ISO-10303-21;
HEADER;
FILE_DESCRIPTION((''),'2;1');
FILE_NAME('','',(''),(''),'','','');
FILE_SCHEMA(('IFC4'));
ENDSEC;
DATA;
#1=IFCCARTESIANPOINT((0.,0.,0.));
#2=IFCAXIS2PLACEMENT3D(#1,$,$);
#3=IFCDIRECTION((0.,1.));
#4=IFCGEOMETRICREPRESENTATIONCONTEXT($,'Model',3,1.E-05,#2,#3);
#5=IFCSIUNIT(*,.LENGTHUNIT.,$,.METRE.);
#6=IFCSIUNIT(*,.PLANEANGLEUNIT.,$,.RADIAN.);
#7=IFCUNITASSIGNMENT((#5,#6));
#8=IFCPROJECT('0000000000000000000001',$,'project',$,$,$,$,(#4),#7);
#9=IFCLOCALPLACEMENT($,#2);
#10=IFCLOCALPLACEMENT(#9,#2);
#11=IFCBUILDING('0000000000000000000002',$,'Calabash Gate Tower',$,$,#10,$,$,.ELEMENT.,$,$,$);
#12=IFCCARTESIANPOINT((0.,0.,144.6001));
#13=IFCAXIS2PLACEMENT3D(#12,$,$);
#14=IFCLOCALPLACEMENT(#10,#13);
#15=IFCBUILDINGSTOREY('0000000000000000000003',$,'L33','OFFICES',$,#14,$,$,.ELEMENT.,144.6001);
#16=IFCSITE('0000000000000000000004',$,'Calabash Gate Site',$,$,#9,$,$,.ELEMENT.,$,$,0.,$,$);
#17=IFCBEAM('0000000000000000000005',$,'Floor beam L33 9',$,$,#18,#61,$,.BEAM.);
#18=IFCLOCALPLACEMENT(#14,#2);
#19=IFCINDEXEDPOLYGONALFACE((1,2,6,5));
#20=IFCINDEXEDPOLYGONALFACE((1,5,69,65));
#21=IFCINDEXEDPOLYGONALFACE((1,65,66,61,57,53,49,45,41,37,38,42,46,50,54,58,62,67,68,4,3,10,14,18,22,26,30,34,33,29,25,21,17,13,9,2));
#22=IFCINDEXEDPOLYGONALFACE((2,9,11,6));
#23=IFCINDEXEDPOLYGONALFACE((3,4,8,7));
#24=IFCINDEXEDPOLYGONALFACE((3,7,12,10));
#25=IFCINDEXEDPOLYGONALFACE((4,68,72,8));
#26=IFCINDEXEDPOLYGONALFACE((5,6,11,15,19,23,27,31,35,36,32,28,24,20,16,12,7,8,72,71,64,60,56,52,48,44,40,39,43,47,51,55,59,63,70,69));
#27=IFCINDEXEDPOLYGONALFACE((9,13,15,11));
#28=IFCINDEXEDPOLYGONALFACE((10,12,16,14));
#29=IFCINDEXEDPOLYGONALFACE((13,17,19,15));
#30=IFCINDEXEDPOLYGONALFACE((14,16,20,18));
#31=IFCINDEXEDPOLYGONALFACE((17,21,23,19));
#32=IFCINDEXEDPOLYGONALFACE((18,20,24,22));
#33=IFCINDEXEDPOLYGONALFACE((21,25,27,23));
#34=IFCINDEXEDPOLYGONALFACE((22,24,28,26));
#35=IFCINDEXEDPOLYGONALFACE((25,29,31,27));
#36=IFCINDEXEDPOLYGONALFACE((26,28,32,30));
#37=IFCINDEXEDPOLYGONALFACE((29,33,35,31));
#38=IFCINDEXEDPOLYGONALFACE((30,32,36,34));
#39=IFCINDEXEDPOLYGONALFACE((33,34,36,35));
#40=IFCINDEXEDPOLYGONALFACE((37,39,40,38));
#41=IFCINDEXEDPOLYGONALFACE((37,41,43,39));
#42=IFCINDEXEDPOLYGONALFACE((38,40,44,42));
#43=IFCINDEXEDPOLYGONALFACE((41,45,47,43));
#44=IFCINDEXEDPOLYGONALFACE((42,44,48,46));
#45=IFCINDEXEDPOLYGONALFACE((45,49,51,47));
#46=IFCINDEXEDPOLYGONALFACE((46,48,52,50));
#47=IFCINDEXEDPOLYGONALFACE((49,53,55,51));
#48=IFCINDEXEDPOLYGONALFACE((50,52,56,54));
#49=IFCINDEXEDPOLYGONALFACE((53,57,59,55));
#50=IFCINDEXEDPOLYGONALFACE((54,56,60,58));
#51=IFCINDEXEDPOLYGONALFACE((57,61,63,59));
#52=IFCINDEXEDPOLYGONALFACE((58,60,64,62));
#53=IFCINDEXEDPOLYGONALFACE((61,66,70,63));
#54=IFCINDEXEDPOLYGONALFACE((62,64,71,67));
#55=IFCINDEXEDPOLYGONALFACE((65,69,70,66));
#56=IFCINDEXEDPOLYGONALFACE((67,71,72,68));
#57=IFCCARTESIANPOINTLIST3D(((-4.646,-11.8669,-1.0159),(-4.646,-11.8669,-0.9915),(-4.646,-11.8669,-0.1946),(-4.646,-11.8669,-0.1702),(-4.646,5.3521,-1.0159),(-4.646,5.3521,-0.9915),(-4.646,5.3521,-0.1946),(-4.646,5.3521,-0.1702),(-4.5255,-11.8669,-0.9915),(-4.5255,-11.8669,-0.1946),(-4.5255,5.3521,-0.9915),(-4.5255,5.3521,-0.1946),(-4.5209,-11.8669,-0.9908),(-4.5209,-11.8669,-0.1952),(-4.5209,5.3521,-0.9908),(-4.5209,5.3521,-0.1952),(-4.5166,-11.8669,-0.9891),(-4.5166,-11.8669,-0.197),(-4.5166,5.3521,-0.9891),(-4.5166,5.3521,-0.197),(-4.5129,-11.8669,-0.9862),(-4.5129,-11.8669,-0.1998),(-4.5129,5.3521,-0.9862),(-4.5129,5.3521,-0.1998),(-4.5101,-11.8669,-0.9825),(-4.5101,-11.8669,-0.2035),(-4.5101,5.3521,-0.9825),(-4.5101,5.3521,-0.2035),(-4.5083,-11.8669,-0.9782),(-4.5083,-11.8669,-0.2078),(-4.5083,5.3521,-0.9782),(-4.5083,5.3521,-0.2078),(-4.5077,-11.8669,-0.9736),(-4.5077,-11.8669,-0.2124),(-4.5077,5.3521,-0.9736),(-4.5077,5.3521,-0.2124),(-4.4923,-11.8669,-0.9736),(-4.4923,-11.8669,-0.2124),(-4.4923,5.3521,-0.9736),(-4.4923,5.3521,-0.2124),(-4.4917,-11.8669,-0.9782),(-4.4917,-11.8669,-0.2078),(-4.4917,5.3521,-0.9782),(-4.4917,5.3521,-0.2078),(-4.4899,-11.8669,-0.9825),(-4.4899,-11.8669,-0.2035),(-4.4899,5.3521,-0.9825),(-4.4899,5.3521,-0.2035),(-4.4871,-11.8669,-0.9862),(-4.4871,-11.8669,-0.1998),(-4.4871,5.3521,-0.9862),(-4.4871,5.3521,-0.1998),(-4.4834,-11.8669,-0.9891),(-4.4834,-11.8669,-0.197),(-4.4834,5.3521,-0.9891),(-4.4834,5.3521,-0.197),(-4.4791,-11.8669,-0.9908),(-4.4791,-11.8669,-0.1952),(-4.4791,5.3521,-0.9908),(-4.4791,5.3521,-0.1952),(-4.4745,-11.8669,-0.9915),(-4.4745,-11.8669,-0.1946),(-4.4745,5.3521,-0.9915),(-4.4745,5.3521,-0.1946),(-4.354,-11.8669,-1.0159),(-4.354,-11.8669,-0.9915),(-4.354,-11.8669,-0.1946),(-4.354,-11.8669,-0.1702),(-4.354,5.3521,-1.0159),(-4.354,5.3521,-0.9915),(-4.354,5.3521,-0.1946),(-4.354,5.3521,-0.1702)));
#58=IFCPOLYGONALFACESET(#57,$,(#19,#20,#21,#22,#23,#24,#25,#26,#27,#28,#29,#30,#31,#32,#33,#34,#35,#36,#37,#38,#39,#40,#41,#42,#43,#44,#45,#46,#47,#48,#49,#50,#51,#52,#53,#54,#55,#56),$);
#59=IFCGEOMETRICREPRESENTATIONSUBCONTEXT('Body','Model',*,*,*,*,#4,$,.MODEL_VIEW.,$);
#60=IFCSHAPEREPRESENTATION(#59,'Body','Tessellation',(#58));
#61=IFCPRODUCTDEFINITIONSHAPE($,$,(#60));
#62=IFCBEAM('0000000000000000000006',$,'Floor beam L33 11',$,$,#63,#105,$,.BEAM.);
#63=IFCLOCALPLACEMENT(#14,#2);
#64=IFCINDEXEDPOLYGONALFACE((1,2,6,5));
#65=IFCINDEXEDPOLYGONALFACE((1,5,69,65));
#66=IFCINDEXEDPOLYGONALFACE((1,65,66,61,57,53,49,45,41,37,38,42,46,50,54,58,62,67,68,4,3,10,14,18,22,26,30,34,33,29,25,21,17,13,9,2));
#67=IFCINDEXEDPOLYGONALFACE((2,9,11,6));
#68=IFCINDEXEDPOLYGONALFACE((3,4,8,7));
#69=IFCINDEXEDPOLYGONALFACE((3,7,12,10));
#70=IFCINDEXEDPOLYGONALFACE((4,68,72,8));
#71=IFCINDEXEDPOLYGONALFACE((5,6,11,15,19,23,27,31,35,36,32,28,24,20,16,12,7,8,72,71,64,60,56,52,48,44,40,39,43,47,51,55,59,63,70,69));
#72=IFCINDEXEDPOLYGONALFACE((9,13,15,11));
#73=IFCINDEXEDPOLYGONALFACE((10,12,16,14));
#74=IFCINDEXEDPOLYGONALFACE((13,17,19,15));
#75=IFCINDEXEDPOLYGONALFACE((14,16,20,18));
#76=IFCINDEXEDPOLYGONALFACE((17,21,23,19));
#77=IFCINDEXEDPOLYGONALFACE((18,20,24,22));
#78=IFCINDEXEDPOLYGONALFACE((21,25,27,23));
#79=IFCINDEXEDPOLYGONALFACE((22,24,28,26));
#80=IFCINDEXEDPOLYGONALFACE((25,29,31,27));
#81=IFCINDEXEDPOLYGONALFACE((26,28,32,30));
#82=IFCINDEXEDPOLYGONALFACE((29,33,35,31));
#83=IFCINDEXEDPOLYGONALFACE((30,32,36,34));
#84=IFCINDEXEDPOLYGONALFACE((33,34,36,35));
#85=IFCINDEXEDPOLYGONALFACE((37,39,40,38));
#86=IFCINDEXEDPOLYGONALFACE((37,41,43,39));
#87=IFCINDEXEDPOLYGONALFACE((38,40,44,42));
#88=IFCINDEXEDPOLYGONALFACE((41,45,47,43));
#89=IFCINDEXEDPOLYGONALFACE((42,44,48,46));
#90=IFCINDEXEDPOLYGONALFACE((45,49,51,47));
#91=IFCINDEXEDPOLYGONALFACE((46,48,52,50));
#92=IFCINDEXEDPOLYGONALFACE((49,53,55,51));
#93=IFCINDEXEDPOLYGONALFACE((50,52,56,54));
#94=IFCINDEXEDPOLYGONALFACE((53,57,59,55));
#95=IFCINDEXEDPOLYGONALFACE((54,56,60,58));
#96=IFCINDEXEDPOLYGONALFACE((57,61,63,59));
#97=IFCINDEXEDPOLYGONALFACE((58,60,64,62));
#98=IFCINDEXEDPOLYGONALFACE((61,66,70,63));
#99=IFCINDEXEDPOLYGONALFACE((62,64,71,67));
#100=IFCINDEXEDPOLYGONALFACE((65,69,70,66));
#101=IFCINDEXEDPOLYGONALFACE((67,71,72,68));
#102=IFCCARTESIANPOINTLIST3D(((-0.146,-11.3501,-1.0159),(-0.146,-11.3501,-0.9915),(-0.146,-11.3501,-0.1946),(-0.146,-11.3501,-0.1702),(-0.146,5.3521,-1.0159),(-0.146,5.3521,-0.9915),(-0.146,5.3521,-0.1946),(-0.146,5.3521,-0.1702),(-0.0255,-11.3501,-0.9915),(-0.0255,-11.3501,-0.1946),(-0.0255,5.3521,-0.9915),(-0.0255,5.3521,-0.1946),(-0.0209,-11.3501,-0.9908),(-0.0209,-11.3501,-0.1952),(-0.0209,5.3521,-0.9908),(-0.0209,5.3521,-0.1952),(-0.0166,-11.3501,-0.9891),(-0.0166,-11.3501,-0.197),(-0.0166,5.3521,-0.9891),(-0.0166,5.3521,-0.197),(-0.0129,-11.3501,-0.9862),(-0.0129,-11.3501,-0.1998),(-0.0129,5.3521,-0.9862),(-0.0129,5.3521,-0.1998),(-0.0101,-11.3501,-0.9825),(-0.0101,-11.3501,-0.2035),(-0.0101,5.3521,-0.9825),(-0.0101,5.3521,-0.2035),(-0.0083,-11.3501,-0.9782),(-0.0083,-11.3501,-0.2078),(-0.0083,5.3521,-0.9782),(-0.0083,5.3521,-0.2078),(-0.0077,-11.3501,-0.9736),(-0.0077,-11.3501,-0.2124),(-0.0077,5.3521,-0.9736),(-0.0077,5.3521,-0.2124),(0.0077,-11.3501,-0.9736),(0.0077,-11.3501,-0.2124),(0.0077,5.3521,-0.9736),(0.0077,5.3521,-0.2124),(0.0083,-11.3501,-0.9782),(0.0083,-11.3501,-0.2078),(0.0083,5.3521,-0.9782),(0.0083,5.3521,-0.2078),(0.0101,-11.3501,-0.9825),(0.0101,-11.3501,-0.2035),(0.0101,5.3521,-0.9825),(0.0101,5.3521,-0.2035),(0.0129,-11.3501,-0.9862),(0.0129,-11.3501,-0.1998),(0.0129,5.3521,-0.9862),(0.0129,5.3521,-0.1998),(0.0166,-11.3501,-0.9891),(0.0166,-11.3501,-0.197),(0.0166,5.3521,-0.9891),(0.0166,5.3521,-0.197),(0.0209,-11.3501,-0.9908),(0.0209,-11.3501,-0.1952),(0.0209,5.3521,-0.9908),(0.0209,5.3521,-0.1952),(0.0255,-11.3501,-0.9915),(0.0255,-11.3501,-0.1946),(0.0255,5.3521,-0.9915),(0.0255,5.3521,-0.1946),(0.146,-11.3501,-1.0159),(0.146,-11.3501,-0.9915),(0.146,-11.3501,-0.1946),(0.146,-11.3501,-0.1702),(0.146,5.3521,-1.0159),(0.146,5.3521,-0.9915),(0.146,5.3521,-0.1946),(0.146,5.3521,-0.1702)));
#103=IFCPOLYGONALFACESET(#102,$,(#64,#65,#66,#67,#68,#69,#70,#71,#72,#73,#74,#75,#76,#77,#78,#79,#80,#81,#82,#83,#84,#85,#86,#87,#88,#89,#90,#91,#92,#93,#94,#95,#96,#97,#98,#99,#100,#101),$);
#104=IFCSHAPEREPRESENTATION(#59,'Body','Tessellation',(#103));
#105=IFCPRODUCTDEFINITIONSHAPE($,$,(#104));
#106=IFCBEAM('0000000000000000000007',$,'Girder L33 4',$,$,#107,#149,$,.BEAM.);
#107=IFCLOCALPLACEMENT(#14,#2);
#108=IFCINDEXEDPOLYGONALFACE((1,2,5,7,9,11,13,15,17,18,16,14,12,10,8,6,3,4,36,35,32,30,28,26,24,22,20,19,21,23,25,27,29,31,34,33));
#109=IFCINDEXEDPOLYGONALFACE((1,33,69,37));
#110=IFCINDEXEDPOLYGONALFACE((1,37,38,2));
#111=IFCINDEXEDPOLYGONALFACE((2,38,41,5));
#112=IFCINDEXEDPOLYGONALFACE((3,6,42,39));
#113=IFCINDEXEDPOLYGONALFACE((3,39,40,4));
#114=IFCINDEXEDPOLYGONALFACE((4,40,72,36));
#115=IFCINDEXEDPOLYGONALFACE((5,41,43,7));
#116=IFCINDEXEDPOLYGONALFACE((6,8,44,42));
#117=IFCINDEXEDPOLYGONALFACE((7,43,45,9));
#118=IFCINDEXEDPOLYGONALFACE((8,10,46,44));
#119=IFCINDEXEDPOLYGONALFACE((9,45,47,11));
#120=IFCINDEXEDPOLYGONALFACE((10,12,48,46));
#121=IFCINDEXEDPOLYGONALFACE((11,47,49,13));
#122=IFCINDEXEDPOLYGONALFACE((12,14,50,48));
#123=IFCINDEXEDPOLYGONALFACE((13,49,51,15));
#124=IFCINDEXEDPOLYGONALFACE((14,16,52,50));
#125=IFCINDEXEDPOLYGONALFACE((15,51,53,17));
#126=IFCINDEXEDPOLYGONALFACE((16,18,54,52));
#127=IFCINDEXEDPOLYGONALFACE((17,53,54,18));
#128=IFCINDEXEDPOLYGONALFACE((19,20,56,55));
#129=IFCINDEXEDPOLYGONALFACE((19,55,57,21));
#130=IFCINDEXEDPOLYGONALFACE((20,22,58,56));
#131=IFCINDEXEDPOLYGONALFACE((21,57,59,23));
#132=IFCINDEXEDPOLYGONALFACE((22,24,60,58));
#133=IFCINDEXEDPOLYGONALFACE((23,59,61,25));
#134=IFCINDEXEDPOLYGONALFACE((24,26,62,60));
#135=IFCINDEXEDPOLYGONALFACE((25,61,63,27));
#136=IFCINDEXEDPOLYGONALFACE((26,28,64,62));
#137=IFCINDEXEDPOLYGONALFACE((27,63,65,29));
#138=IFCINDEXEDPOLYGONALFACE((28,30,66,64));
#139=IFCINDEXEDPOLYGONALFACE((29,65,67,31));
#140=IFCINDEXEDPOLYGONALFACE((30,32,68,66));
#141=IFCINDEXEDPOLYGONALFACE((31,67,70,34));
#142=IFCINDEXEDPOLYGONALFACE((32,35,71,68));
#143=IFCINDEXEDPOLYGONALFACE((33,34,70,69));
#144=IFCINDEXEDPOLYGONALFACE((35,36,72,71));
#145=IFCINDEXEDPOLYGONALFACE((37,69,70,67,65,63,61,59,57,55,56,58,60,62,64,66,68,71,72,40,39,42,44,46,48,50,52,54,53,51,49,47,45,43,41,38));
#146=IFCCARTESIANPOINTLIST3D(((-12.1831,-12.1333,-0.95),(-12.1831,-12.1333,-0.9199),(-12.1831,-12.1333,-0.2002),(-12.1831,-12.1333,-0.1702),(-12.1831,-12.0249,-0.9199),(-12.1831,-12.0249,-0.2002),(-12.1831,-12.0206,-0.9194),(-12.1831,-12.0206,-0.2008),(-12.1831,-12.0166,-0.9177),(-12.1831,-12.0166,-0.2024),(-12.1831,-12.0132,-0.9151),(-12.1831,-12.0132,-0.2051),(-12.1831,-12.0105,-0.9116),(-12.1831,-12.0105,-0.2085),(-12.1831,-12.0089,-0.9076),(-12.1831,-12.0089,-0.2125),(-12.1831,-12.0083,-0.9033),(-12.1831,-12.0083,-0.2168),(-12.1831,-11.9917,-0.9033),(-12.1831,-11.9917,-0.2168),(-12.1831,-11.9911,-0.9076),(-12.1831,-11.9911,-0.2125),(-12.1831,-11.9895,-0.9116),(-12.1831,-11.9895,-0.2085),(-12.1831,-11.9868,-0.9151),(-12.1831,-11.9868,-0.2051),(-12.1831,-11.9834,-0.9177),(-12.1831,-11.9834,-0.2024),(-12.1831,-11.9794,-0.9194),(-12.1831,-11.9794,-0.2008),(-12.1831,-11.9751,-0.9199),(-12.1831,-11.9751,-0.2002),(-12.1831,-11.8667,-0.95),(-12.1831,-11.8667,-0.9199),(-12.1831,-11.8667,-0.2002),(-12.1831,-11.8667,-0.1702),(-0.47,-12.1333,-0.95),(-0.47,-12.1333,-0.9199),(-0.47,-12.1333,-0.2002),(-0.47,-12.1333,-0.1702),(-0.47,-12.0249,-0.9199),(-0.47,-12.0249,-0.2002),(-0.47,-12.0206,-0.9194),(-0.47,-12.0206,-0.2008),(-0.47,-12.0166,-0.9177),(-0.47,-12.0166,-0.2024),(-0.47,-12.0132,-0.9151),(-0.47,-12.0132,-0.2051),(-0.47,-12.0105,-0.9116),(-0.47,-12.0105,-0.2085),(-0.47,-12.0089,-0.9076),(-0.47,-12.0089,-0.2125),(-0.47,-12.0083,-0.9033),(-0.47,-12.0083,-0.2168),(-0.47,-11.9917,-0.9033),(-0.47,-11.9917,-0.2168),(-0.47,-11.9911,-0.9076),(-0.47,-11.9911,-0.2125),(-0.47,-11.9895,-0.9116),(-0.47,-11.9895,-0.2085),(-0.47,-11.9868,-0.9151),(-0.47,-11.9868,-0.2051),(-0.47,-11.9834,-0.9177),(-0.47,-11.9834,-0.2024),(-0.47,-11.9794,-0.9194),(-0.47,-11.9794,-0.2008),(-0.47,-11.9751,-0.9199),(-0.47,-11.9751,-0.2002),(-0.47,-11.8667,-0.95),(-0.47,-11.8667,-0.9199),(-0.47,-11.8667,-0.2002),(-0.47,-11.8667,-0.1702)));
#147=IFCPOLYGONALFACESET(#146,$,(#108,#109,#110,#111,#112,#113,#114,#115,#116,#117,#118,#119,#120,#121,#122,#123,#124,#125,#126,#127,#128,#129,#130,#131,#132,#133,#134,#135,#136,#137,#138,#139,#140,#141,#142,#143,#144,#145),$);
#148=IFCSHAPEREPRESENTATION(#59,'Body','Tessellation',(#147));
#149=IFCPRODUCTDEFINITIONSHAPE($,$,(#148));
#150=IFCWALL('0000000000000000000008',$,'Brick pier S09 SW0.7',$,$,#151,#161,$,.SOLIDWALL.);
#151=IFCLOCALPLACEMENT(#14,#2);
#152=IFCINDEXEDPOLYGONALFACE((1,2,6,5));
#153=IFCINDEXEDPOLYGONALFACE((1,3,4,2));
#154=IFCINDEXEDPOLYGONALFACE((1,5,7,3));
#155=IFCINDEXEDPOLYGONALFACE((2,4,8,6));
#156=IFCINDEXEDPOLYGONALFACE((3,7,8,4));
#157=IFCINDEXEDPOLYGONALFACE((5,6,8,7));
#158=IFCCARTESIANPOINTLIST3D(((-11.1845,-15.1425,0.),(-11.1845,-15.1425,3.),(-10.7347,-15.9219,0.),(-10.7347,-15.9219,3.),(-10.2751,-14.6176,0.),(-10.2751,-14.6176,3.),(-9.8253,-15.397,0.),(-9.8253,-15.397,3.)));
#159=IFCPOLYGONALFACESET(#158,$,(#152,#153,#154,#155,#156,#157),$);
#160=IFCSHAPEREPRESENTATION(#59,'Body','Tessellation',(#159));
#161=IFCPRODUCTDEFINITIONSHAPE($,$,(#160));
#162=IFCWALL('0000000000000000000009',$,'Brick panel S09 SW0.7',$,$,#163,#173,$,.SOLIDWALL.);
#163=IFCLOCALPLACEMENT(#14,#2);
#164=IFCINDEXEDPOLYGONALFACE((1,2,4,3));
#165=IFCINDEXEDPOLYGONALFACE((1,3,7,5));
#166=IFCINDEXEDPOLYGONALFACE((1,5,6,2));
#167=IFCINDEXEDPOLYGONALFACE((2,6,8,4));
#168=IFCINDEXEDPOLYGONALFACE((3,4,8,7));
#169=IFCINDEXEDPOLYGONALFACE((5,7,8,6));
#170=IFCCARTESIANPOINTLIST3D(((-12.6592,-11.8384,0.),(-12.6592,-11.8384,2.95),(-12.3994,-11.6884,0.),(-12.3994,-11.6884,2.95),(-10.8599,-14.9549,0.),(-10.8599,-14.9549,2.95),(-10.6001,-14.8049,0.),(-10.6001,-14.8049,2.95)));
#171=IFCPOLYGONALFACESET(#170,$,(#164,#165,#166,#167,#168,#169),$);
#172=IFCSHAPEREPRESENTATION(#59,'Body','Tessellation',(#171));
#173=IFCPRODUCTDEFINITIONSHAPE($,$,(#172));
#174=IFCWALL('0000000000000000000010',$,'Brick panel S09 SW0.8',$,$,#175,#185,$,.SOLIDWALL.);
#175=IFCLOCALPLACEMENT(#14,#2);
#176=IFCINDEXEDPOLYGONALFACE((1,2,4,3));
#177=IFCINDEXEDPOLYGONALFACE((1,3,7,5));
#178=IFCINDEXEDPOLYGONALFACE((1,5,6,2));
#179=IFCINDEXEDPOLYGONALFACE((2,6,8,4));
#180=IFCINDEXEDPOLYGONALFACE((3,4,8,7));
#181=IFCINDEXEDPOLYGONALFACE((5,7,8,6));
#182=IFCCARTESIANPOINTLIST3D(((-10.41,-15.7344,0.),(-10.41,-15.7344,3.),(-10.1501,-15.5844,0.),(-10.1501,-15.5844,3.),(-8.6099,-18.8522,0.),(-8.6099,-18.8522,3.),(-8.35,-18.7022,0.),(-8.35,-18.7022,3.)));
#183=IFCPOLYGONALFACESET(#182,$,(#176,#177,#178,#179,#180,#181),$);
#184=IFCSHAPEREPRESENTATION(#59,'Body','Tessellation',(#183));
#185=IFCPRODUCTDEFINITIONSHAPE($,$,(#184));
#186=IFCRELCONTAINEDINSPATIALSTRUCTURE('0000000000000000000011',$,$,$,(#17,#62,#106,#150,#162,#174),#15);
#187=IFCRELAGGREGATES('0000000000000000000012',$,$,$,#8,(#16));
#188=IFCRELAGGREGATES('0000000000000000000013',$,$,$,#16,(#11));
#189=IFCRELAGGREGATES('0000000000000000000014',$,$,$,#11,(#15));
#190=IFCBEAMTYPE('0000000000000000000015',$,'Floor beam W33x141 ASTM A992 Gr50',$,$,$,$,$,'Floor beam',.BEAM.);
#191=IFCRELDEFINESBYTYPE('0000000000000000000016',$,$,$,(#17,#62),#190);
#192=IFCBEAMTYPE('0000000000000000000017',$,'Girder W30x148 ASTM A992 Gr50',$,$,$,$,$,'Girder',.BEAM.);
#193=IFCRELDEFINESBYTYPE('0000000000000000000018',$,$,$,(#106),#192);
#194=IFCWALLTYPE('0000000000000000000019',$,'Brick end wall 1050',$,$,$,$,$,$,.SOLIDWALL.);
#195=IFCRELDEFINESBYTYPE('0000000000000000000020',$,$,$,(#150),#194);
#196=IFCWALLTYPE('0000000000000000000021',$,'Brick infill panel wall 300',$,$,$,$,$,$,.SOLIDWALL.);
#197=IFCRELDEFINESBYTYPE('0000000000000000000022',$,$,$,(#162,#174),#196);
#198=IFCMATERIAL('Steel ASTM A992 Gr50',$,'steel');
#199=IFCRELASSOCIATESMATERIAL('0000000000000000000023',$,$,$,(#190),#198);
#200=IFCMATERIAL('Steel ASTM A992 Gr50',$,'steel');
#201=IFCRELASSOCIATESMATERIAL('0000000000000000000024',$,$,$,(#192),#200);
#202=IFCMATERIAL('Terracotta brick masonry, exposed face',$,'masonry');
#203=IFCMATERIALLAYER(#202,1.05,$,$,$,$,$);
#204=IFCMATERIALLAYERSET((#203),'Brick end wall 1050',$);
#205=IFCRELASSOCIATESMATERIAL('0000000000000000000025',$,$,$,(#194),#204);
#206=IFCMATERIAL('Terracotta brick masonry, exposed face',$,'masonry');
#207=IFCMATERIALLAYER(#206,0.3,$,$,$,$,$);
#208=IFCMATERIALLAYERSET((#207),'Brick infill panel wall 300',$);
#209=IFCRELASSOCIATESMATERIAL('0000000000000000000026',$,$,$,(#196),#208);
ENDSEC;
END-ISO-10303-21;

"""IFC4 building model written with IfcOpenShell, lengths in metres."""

from ifc_helpers import new_model, si_unit, direction, frame, frame_2d, origin, origin_2d, place, context, subcontext, project, spatial, rectangle, i_section, extrude, material, layer, layer_set, material_profile, profile_set, type_object, element, save


model = new_model("IFC4")

# Units and contexts
model_context = context("Model", 3, precision=1e-05, world=origin(), true_north=direction((0.0, 1.0)))
body_context = subcontext(model_context, "Body", "Model", "MODEL_VIEW")
ifc_project = project(units=[si_unit("LENGTHUNIT", "METRE"), si_unit("PLANEANGLEUNIT", "RADIAN")], contexts=[model_context])

# Site, building, storey
site_placement = place(None, origin())
site = spatial("IfcSite", under=ifc_project, at=site_placement, Name="Calabash Gate Site", CompositionType="ELEMENT", RefElevation=0.0)
building_placement = place(site_placement, origin())
building = spatial("IfcBuilding", under=site, at=building_placement, Name="Calabash Gate Tower", CompositionType="ELEMENT")
storey_placement = place(building_placement, frame((0.0, 0.0, 144.6001)))
storey = spatial("IfcBuildingStorey", under=building, at=storey_placement, Name="L33", Description="OFFICES", CompositionType="ELEMENT", Elevation=144.6001)

# Beams
ifc_material_1 = material(Name="Steel ASTM A992 Gr50", Category="steel")
ifc_material_profile_1 = material_profile(ifc_material_1, i_section(OverallWidth=0.292, OverallDepth=0.8457, WebThickness=0.0154, FlangeThickness=0.0244, FilletRadius=0.0178, at=origin_2d()))
ifc_profile_set_1 = profile_set([ifc_material_profile_1], Name="Steel ASTM A992 Gr50")
beam_type_1 = type_object("IfcBeamType", Name="Floor beam W33x141 ASTM A992 Gr50", ElementType="Floor beam", PredefinedType="BEAM", material=ifc_profile_set_1)
beam_1_placement = place(storey_placement, frame((-4.5, -11.8669, -0.593), z_axis=(0.0, 1.0, 0.0), x_axis=(-1.0, 0.0, 0.0)))
element("IfcBeam", 1, at=beam_1_placement, inside=storey, type_object=beam_type_1, Name="Floor beam L33 9", PredefinedType="BEAM", context=body_context, shape_type="SweptSolid", body=[
    extrude(i_section(OverallWidth=0.292, OverallDepth=0.8457, WebThickness=0.0154, FlangeThickness=0.0244, FilletRadius=0.0178, at=origin_2d()), origin(), (0.0, 0.0, 1.0), 17.219),
])
beam_2_placement = place(storey_placement, frame((0.0, -11.3501, -0.593), z_axis=(0.0, 1.0, 0.0), x_axis=(-1.0, 0.0, 0.0)))
element("IfcBeam", 2, at=beam_2_placement, inside=storey, type_object=beam_type_1, Name="Floor beam L33 11", PredefinedType="BEAM", context=body_context, shape_type="SweptSolid", body=[
    extrude(i_section(OverallWidth=0.292, OverallDepth=0.8457, WebThickness=0.0154, FlangeThickness=0.0244, FilletRadius=0.0178, at=origin_2d()), origin(), (0.0, 0.0, 1.0), 16.7021),
])
ifc_material_2 = material(Name="Steel ASTM A992 Gr50", Category="steel")
ifc_material_profile_2 = material_profile(ifc_material_2, i_section(OverallWidth=0.2666, OverallDepth=0.7798, WebThickness=0.0166, FlangeThickness=0.03, FilletRadius=0.0166, at=origin_2d()))
ifc_profile_set_2 = profile_set([ifc_material_profile_2], Name="Steel ASTM A992 Gr50")
beam_type_2 = type_object("IfcBeamType", Name="Girder W30x148 ASTM A992 Gr50", ElementType="Girder", PredefinedType="BEAM", material=ifc_profile_set_2)
beam_3_placement = place(storey_placement, frame((-12.1831, -12.0, -0.5601), z_axis=(1.0, 0.0, 0.0), x_axis=(0.0, 1.0, 0.0)))
element("IfcBeam", 3, at=beam_3_placement, inside=storey, type_object=beam_type_2, Name="Girder L33 4", PredefinedType="BEAM", context=body_context, shape_type="SweptSolid", body=[
    extrude(i_section(OverallWidth=0.2666, OverallDepth=0.7798, WebThickness=0.0166, FlangeThickness=0.03, FilletRadius=0.0166, at=origin_2d()), origin(), (0.0, 0.0, 1.0), 11.7131),
])

# Walls
ifc_material_3 = material(Name="Terracotta brick masonry, exposed face", Category="masonry")
ifc_layer_1 = layer(ifc_material_3, 1.05)
ifc_layer_set_1 = layer_set([ifc_layer_1], Name="Brick end wall 1050")
wall_type_1 = type_object("IfcWallType", Name="Brick end wall 1050", PredefinedType="SOLIDWALL", material=ifc_layer_set_1)
wall_1_placement = place(storey_placement, frame((-10.0503, -15.0073, 0.0), z_axis=(0.0, 0.0, 1.0), x_axis=(-0.866089, -0.49989, 0.0)))
element("IfcWall", 4, at=wall_1_placement, inside=storey, type_object=wall_type_1, Name="Brick pier S09 SW0.7", PredefinedType="SOLIDWALL", context=body_context, shape_type="SweptSolid", body=[
    extrude(rectangle(XDim=1.05, YDim=0.8999, at=frame_2d((0.5249, 0.0))), origin(), (0.0, 0.0, 1.0), 3.0),
])
ifc_material_4 = material(Name="Terracotta brick masonry, exposed face", Category="masonry")
ifc_layer_2 = layer(ifc_material_4, 0.3)
ifc_layer_set_2 = layer_set([ifc_layer_2], Name="Brick infill panel wall 300")
wall_type_2 = type_object("IfcWallType", Name="Brick infill panel wall 300", PredefinedType="SOLIDWALL", material=ifc_layer_set_2)
wall_2_placement = place(storey_placement, frame((-10.73, -14.8799, 0.0), z_axis=(0.0, 0.0, 1.0), x_axis=(-0.500006, 0.866022, 0.0)))
element("IfcWall", 5, at=wall_2_placement, inside=storey, type_object=wall_type_2, Name="Brick panel S09 SW0.7", PredefinedType="SOLIDWALL", context=body_context, shape_type="SweptSolid", body=[
    extrude(rectangle(XDim=3.5986, YDim=0.3, at=frame_2d((1.7993, 0.0))), origin(), (0.0, 0.0, 1.0), 2.95),
])
wall_3_placement = place(storey_placement, frame((-10.28, -15.6594, 0.0), z_axis=(0.0, 0.0, 1.0), x_axis=(0.500012, -0.866018, 0.0)))
element("IfcWall", 6, at=wall_3_placement, inside=storey, type_object=wall_type_2, Name="Brick panel S09 SW0.8", PredefinedType="SOLIDWALL", context=body_context, shape_type="SweptSolid", body=[
    extrude(rectangle(XDim=3.6001, YDim=0.3, at=frame_2d((1.8, 0.0))), origin(), (0.0, 0.0, 1.0), 3.0),
])

save(model, "model.ifc")
